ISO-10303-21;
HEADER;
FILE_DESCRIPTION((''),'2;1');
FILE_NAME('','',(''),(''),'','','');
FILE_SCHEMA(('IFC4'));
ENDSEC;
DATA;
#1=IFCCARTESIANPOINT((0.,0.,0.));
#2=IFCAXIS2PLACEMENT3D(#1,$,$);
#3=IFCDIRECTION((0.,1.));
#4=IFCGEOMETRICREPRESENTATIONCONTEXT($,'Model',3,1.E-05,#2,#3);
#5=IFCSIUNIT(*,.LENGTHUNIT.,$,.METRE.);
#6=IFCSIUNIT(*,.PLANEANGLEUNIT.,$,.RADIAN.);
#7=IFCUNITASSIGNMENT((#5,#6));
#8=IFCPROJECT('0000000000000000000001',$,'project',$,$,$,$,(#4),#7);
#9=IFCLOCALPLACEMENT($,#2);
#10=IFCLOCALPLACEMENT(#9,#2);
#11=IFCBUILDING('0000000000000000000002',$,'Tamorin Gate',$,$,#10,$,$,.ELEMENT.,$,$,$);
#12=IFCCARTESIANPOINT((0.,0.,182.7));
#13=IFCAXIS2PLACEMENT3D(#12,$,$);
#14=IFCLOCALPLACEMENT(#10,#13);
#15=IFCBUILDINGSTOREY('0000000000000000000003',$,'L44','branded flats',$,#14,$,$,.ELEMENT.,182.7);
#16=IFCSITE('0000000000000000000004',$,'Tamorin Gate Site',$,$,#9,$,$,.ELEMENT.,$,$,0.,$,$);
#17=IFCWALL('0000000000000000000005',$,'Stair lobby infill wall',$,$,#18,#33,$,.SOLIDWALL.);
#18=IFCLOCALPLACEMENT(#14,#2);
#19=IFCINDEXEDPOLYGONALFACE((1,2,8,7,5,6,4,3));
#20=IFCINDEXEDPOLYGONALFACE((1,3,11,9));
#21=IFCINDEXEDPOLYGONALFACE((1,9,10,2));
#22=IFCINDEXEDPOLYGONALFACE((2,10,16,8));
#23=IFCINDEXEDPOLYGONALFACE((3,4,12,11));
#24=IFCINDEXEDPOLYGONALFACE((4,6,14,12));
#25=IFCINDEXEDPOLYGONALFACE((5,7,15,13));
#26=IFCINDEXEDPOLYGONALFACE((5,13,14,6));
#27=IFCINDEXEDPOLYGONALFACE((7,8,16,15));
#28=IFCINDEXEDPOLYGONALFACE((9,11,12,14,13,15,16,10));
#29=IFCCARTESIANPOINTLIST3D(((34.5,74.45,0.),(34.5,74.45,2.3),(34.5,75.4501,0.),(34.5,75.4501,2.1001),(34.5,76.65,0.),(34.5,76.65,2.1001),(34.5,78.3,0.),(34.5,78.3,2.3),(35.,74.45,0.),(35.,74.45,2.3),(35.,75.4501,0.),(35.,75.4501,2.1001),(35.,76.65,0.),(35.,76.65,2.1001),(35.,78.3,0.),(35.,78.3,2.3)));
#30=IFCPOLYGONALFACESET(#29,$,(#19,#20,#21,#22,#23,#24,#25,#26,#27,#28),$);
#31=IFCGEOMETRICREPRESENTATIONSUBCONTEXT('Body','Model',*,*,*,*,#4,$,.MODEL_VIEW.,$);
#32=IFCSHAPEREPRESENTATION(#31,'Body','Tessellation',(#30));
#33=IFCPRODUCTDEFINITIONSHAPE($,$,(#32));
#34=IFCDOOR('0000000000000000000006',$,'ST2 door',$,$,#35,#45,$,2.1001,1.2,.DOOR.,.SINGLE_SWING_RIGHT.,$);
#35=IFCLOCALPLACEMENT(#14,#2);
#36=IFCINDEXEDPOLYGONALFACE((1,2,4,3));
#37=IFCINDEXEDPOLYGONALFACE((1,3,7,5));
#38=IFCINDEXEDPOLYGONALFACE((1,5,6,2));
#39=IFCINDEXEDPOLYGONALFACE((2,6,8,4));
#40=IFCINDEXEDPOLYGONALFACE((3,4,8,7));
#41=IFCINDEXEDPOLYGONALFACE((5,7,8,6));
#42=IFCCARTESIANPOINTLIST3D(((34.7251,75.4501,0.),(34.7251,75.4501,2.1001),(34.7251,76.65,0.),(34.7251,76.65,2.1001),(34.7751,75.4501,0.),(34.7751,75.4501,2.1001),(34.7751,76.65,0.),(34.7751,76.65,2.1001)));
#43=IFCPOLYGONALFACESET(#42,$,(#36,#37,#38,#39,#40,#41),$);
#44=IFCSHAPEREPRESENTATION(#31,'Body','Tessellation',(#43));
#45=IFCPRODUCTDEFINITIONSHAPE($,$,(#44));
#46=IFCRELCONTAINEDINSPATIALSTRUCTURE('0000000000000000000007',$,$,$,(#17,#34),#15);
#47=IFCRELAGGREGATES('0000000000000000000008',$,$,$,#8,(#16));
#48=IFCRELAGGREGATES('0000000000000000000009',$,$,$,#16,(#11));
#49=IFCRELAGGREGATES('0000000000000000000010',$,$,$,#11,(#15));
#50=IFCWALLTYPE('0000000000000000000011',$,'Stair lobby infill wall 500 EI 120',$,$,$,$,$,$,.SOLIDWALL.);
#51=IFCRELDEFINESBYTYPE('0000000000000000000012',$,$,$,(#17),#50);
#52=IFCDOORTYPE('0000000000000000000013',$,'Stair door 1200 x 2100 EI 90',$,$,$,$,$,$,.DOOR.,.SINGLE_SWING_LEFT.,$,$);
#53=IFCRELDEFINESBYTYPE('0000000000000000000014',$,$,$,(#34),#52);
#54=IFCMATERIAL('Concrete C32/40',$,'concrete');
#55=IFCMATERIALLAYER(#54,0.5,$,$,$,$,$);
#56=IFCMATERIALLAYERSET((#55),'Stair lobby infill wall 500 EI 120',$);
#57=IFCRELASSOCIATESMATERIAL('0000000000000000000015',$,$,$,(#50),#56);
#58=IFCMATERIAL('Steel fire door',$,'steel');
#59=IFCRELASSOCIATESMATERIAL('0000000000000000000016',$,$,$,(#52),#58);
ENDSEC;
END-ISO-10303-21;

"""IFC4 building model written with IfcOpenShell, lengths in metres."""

from ifc_helpers import new_model, si_unit, direction, frame, frame_2d, origin, place, context, subcontext, project, spatial, rectangle, extrude, material, layer, layer_set, type_object, element, fill, save


model = new_model("IFC4")

# Units and contexts
model_context = context("Model", 3, precision=1e-05, world=origin(), true_north=direction((0.0, 1.0)))
body_context = subcontext(model_context, "Body", "Model", "MODEL_VIEW")
ifc_project = project(units=[si_unit("LENGTHUNIT", "METRE"), si_unit("PLANEANGLEUNIT", "RADIAN")], contexts=[model_context])

# Site, building, storey
site_placement = place(None, origin())
site = spatial("IfcSite", under=ifc_project, at=site_placement, Name="Tamorin Gate Site", CompositionType="ELEMENT", RefElevation=0.0)
building_placement = place(site_placement, origin())
building = spatial("IfcBuilding", under=site, at=building_placement, Name="Tamorin Gate", CompositionType="ELEMENT")
storey_placement = place(building_placement, frame((0.0, 0.0, 182.7)))
storey = spatial("IfcBuildingStorey", under=building, at=storey_placement, Name="L44", Description="branded flats", CompositionType="ELEMENT", Elevation=182.7)

# Wall, opening, door
ifc_material_1 = material(Name="Steel fire door", Category="steel")
ifc_material_2 = material(Name="Concrete C32/40", Category="concrete")
ifc_layer_1 = layer(ifc_material_2, 0.5)
ifc_layer_set_1 = layer_set([ifc_layer_1], Name="Stair lobby infill wall 500 EI 120")
wall_type_1 = type_object("IfcWallType", Name="Stair lobby infill wall 500 EI 120", PredefinedType="SOLIDWALL", material=ifc_layer_set_1)
door_type_1 = type_object("IfcDoorType", Name="Stair door 1200 x 2100 EI 90", OperationType="SINGLE_SWING_LEFT", PredefinedType="DOOR", material=ifc_material_1)
wall_1_placement = place(storey_placement, frame((34.75, 74.45, 0.0), z_axis=(0.0, 0.0, 1.0), x_axis=(0.0, 1.0, 0.0)))
wall_1 = element("IfcWall", 1, at=wall_1_placement, inside=storey, type_object=wall_type_1, Name="Stair lobby infill wall", PredefinedType="SOLIDWALL", context=body_context, shape_type="SweptSolid", body=[
    extrude(rectangle(XDim=3.8501, YDim=0.5, at=frame_2d((1.925, 0.0))), origin(), (0.0, 0.0, 1.0), 2.3),
])
opening_1_placement = place(wall_1_placement, frame((1.0, 0.0, 0.0)))
opening_1 = element("IfcOpeningElement", 2, at=opening_1_placement, cuts=wall_1, PredefinedType="OPENING", context=body_context, shape_type="SweptSolid", body=[
    extrude(rectangle(XDim=1.2, YDim=2.1001, at=frame_2d((0.6001, 1.05))), frame((0.0, 0.26, 0.0), z_axis=(0.0, -1.0, 0.0), x_axis=(1.0, 0.0, 0.0)), (0.0, 0.0, 1.0), 0.52),
])
door_1_placement = place(opening_1_placement, origin())
door_1 = element("IfcDoor", 3, at=door_1_placement, inside=storey, type_object=door_type_1, Name="ST2 door", OperationType="SINGLE_SWING_RIGHT", OverallHeight=2.1001, OverallWidth=1.2, PredefinedType="DOOR", context=body_context, shape_type="SweptSolid", body=[
    extrude(rectangle(XDim=1.2, YDim=2.1001, at=frame_2d((0.6001, 1.05))), frame((0.0, 0.0249, 0.0), z_axis=(0.0, -1.0, 0.0), x_axis=(1.0, 0.0, 0.0)), (0.0, 0.0, 1.0), 0.05),
])
fill(opening_1, door_1)

save(model, "model.ifc")
